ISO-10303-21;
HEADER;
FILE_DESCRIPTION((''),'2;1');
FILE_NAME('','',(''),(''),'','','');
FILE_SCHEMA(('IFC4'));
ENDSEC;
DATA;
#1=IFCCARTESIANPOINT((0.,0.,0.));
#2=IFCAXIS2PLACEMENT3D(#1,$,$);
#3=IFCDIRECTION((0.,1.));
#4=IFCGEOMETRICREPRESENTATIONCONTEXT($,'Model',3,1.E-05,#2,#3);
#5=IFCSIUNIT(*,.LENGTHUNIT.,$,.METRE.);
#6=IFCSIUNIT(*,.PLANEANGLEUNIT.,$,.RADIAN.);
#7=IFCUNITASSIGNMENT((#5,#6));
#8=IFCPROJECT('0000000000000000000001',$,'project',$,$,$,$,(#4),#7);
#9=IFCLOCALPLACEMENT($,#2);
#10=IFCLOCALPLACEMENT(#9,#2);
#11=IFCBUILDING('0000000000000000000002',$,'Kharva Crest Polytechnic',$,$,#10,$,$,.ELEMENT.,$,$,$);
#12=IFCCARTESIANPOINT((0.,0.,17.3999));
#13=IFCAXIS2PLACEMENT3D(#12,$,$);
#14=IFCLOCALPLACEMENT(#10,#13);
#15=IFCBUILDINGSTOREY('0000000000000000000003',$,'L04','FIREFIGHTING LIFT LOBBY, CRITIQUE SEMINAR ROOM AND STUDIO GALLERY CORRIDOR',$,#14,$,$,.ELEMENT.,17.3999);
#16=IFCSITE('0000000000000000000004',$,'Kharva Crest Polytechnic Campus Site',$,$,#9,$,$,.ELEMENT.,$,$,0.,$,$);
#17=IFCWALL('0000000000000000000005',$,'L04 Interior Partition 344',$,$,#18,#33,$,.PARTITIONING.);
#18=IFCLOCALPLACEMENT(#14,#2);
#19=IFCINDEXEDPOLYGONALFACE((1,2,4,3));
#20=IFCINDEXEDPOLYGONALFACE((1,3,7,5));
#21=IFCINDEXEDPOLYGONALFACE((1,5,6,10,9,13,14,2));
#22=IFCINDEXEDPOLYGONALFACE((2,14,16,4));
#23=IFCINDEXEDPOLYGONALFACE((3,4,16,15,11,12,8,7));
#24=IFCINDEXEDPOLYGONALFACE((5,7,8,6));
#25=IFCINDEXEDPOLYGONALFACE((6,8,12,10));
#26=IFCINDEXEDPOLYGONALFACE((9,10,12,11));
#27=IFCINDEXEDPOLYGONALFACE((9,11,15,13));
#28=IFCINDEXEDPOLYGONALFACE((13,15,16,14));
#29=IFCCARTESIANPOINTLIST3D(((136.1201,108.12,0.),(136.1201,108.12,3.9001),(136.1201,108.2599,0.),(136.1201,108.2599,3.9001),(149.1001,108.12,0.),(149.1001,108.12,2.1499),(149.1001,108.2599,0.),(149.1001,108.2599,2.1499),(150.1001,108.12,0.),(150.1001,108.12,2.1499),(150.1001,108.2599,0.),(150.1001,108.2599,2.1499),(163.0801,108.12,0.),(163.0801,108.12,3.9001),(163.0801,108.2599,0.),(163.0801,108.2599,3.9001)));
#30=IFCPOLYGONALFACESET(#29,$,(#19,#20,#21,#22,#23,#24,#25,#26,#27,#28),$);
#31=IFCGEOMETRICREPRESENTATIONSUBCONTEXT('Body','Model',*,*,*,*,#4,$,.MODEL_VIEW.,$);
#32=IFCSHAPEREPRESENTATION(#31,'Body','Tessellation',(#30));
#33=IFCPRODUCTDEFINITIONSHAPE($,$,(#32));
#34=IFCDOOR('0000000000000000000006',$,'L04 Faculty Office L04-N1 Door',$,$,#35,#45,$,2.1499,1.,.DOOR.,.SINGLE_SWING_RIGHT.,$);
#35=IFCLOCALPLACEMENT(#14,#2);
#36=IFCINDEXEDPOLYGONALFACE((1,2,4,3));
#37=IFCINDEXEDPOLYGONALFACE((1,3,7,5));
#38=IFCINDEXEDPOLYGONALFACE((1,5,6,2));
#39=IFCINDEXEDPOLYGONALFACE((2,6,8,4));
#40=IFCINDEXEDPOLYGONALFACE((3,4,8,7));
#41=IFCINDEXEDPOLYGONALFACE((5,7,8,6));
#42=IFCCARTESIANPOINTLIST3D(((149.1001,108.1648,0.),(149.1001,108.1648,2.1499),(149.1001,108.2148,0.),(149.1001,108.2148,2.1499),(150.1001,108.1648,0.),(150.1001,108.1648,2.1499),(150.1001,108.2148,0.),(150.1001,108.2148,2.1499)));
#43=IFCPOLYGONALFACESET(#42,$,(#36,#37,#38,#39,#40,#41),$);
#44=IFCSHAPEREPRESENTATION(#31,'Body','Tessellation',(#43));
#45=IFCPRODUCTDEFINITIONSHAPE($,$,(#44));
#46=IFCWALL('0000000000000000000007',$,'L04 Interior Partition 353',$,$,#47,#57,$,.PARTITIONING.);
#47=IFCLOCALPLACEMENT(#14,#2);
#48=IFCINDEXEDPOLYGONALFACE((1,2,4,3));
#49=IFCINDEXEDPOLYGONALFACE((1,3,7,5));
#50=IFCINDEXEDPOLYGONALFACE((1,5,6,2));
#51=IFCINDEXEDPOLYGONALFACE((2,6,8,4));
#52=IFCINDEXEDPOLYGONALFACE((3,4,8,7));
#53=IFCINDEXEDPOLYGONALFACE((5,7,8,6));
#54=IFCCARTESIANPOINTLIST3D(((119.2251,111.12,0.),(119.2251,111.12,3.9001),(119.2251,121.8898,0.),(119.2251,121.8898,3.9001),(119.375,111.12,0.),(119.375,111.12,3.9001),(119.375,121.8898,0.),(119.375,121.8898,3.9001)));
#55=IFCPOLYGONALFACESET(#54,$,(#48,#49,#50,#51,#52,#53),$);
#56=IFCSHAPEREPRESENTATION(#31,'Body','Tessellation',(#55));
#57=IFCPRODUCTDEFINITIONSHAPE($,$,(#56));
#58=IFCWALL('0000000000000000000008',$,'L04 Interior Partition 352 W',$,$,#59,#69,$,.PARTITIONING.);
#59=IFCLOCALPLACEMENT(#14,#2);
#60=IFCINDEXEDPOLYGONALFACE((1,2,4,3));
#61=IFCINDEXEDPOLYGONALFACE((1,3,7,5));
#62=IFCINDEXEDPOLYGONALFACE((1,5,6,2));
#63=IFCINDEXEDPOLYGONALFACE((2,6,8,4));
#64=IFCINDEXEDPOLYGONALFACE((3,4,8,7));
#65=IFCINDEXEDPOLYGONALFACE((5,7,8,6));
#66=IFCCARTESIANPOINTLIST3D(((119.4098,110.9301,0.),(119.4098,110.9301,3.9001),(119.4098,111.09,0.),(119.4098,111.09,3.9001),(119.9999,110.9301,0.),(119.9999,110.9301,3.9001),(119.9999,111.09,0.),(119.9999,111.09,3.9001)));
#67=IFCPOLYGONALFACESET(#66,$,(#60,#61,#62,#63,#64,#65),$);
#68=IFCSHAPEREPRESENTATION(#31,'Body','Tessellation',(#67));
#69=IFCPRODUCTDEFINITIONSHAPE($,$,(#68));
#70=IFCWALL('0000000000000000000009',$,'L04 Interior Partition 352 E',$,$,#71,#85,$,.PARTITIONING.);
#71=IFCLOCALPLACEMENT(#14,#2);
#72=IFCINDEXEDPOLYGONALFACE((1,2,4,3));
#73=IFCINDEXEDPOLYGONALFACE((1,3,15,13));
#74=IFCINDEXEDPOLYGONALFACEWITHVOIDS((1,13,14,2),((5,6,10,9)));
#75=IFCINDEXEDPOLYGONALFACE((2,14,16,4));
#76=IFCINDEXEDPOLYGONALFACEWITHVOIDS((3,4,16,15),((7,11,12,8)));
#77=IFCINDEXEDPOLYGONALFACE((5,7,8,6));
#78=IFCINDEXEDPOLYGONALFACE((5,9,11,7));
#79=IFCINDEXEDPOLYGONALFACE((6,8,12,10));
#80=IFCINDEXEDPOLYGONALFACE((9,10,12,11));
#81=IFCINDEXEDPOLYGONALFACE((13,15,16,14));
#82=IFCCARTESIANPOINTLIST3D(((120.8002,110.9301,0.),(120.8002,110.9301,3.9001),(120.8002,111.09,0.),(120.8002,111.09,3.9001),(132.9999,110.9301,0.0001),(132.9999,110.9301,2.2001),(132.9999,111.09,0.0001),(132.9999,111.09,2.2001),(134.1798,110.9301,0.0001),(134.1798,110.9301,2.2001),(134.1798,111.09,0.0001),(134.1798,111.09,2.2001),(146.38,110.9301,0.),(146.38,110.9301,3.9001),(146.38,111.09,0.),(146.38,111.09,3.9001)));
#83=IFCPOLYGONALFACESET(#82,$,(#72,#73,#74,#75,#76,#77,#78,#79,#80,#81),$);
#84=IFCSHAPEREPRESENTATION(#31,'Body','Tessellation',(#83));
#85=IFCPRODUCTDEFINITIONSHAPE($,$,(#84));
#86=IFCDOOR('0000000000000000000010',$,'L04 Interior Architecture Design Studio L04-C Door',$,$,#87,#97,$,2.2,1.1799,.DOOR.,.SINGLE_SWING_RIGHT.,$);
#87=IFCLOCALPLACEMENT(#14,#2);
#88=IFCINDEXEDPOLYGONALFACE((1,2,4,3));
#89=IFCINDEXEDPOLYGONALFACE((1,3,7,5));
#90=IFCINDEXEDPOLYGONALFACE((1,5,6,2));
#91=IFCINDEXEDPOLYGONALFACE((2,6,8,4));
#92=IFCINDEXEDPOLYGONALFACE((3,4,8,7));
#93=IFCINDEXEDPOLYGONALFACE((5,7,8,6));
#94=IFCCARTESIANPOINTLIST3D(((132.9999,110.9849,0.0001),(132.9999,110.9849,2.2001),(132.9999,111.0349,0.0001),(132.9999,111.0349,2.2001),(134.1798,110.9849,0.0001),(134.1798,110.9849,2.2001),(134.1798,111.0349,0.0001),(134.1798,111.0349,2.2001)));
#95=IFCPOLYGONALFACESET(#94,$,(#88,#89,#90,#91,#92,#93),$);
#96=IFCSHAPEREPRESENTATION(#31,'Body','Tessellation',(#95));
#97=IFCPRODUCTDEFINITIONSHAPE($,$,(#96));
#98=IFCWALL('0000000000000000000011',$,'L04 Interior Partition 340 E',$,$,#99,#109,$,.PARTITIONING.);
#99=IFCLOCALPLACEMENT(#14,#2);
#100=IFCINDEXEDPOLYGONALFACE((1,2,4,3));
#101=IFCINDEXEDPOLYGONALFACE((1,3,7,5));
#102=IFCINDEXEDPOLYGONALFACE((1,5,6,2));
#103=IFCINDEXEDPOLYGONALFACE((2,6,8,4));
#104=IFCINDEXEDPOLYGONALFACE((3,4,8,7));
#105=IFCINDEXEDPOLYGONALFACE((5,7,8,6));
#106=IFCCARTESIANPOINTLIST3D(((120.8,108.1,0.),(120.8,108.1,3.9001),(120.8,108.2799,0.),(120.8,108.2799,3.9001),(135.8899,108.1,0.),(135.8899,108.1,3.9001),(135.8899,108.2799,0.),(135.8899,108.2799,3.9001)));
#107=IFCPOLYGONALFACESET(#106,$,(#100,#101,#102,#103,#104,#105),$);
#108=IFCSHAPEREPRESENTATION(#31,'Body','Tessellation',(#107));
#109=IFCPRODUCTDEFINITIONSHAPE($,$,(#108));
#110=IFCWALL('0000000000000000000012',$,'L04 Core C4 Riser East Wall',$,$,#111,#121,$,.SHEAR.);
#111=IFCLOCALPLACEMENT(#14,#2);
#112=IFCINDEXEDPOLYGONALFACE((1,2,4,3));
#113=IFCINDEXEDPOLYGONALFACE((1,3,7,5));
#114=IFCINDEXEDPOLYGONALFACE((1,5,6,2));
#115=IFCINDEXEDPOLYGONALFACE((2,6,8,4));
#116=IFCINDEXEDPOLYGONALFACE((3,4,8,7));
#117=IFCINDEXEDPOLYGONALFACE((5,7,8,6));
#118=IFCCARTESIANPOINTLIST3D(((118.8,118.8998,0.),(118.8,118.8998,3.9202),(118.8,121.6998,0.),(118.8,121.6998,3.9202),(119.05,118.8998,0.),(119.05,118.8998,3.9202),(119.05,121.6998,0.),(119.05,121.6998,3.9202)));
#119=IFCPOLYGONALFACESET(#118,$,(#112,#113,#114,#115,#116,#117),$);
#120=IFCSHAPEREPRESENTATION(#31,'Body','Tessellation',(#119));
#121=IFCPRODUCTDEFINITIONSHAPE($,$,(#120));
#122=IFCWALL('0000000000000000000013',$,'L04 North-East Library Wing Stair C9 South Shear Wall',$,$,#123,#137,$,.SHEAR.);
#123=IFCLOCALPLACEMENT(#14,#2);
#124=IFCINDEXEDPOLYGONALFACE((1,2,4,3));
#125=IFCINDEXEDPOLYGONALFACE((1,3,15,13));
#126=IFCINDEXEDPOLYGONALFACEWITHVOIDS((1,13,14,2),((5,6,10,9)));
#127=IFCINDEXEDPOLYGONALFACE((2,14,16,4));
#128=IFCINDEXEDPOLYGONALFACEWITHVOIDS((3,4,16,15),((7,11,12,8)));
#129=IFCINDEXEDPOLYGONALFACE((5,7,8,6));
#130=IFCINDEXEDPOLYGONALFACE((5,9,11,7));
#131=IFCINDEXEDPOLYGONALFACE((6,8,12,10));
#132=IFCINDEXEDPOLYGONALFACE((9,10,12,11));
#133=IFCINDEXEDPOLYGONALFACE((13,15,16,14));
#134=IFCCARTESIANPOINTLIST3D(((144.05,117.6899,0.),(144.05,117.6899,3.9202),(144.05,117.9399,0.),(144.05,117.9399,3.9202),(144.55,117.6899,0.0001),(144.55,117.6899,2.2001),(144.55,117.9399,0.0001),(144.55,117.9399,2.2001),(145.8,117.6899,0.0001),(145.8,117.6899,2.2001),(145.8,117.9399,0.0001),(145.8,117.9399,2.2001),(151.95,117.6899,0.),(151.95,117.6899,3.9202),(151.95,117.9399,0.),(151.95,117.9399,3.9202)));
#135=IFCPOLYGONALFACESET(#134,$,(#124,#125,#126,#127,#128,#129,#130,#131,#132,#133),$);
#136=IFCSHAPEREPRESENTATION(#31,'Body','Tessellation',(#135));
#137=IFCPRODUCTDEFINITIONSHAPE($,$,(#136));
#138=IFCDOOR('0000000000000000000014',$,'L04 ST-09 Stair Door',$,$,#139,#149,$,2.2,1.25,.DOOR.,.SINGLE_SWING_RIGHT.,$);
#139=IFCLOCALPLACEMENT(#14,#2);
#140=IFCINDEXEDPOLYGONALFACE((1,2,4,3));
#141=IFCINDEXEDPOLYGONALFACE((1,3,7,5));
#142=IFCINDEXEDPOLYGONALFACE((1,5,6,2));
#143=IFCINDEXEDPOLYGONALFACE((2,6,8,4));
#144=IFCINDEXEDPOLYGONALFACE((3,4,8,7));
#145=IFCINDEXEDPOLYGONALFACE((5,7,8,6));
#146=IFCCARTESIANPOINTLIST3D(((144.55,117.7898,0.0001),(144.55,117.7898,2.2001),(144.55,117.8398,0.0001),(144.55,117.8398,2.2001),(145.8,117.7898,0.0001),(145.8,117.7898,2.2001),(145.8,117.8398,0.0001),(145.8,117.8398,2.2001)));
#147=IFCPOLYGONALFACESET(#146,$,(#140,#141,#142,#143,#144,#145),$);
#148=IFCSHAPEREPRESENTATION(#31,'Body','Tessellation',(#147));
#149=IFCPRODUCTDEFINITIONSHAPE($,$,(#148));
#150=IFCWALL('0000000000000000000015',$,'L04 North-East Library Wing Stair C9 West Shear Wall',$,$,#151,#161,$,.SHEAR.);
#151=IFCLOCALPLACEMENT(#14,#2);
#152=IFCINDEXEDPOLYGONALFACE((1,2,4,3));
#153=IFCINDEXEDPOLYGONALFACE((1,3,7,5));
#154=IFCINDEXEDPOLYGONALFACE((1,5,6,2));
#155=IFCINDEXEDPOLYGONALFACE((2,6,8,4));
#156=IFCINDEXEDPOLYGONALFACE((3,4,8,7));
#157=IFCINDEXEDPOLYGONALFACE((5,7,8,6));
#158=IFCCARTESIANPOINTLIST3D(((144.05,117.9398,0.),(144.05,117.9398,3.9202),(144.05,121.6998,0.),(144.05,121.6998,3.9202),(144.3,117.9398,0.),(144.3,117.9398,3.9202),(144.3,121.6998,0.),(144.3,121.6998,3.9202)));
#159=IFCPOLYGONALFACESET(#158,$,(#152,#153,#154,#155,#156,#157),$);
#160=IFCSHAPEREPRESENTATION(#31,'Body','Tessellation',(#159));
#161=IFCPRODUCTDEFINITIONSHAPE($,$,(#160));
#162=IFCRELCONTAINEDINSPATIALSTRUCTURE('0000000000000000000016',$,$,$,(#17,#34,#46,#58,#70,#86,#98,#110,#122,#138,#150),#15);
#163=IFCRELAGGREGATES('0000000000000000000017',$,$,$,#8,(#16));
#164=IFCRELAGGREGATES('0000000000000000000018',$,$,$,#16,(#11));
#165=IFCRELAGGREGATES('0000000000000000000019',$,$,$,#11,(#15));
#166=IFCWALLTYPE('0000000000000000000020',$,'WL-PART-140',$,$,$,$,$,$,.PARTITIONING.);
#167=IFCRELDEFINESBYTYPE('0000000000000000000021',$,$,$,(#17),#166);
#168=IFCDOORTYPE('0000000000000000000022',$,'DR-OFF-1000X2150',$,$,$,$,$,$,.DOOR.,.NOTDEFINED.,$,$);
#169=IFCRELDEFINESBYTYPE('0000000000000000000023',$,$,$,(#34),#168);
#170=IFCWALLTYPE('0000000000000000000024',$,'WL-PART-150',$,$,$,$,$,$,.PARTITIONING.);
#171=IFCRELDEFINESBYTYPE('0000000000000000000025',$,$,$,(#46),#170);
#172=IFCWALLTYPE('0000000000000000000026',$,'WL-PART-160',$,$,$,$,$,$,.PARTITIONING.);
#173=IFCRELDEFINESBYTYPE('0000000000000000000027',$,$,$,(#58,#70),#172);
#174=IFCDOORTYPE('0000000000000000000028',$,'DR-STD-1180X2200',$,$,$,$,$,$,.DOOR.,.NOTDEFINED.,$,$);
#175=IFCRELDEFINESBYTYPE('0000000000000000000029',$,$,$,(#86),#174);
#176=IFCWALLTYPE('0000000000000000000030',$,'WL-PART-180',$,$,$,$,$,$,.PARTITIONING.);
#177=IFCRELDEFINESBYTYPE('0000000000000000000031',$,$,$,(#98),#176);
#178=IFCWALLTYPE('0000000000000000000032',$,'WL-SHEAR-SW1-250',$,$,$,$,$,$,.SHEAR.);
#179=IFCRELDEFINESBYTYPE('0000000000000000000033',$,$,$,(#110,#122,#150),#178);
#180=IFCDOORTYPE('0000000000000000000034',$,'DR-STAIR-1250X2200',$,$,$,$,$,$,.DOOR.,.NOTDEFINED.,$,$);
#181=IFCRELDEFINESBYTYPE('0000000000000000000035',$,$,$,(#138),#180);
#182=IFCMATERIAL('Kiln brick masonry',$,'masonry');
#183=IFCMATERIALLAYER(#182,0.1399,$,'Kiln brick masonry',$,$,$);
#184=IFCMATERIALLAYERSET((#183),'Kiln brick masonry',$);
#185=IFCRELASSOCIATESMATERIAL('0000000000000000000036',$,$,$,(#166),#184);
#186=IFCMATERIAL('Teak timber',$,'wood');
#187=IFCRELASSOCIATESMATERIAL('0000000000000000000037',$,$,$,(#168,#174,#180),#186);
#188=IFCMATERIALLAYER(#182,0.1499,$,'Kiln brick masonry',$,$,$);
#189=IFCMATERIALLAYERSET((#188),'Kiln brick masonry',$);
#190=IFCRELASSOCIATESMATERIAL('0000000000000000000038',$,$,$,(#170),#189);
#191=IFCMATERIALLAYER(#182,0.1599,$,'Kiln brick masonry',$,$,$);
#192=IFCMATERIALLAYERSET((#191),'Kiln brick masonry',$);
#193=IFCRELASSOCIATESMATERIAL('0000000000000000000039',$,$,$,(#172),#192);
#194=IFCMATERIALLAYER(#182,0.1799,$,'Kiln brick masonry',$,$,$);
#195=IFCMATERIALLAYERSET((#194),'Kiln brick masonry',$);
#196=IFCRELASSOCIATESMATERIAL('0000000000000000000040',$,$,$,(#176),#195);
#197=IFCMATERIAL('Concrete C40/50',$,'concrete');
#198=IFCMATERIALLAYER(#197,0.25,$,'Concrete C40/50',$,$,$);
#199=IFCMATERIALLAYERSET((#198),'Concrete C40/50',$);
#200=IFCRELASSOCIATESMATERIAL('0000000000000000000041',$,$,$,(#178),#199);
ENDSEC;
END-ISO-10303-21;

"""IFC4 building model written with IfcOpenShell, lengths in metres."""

from ifc_helpers import new_model, si_unit, direction, frame, frame_2d, origin, place, context, subcontext, project, spatial, rectangle, extrude, material, layer, layer_set, type_object, element, fill, save


model = new_model("IFC4")

# Units and contexts
model_context = context("Model", 3, precision=1e-05, world=origin(), true_north=direction((0.0, 1.0)))
body_context = subcontext(model_context, "Body", "Model", "MODEL_VIEW")
ifc_project = project(units=[si_unit("LENGTHUNIT", "METRE"), si_unit("PLANEANGLEUNIT", "RADIAN")], contexts=[model_context])

# Site, building, storey
site_placement = place(None, origin())
site = spatial("IfcSite", under=ifc_project, at=site_placement, Name="Kharva Crest Polytechnic Campus Site", CompositionType="ELEMENT", RefElevation=0.0)
building_placement = place(site_placement, origin())
building = spatial("IfcBuilding", under=site, at=building_placement, Name="Kharva Crest Polytechnic", CompositionType="ELEMENT")
storey_placement = place(building_placement, frame((0.0, 0.0, 17.3999)))
storey = spatial("IfcBuildingStorey", under=building, at=storey_placement, Name="L04", Description="FIREFIGHTING LIFT LOBBY, CRITIQUE SEMINAR ROOM AND STUDIO GALLERY CORRIDOR", CompositionType="ELEMENT", Elevation=17.3999)

# Shared definitions
ifc_material_1 = material(Name="Concrete C40/50", Category="concrete")

# Shared definitions
ifc_material_2 = material(Name="Kiln brick masonry", Category="masonry")

# Wall, opening, door
ifc_layer_1 = layer(ifc_material_2, 0.1399, Name="Kiln brick masonry")
ifc_layer_set_1 = layer_set([ifc_layer_1], Name="Kiln brick masonry")
wall_type_1 = type_object("IfcWallType", Name="WL-PART-140", PredefinedType="PARTITIONING", material=ifc_layer_set_1)
wall_1_placement = place(storey_placement, frame((136.1201, 108.1899, 0.0), z_axis=(0.0, 0.0, 1.0), x_axis=(1.0, 0.0, 0.0)))
wall_1 = element("IfcWall", 1, at=wall_1_placement, inside=storey, type_object=wall_type_1, Name="L04 Interior Partition 344", PredefinedType="PARTITIONING", context=body_context, shape_type="SweptSolid", body=[
    extrude(rectangle(XDim=26.96, YDim=0.1399, at=frame_2d((13.48, 0.0))), origin(), (0.0, 0.0, 1.0), 3.9001),
])
opening_1_placement = place(wall_1_placement, frame((12.98, 0.0, 0.0)))
opening_1 = element("IfcOpeningElement", 2, at=opening_1_placement, cuts=wall_1, PredefinedType="OPENING", context=body_context, shape_type="SweptSolid", body=[
    extrude(rectangle(XDim=1.0, YDim=2.1499, at=frame_2d((0.5, 1.075))), frame((0.0, 0.0798, 0.0), z_axis=(0.0, -1.0, 0.0), x_axis=(1.0, 0.0, 0.0)), (0.0, 0.0, 1.0), 0.1599),
])
ifc_material_3 = material(Name="Teak timber", Category="wood")
door_type_1 = type_object("IfcDoorType", Name="DR-OFF-1000X2150", OperationType="NOTDEFINED", PredefinedType="DOOR", material=ifc_material_3)
door_1_placement = place(opening_1_placement, origin())
door_1 = element("IfcDoor", 3, at=door_1_placement, inside=storey, type_object=door_type_1, Name="L04 Faculty Office L04-N1 Door", OperationType="SINGLE_SWING_RIGHT", OverallHeight=2.1499, OverallWidth=1.0, PredefinedType="DOOR", context=body_context, shape_type="SweptSolid", body=[
    extrude(rectangle(XDim=1.0, YDim=2.1499, at=frame_2d((0.5, 1.075))), frame((0.0, 0.0249, 0.0), z_axis=(0.0, -1.0, 0.0), x_axis=(1.0, 0.0, 0.0)), (0.0, 0.0, 1.0), 0.05),
])
fill(opening_1, door_1)

# Walls
ifc_layer_2 = layer(ifc_material_2, 0.1499, Name="Kiln brick masonry")
ifc_layer_set_2 = layer_set([ifc_layer_2], Name="Kiln brick masonry")
wall_type_2 = type_object("IfcWallType", Name="WL-PART-150", PredefinedType="PARTITIONING", material=ifc_layer_set_2)
wall_2_placement = place(storey_placement, frame((119.3, 111.1201, 0.0), z_axis=(0.0, 0.0, 1.0), x_axis=(0.0, 1.0, 0.0)))
element("IfcWall", 4, at=wall_2_placement, inside=storey, type_object=wall_type_2, Name="L04 Interior Partition 353", PredefinedType="PARTITIONING", context=body_context, shape_type="SweptSolid", body=[
    extrude(rectangle(XDim=10.7698, YDim=0.1499, at=frame_2d((5.3848, 0.0))), origin(), (0.0, 0.0, 1.0), 3.9001),
])
ifc_layer_3 = layer(ifc_material_2, 0.1599, Name="Kiln brick masonry")
ifc_layer_set_3 = layer_set([ifc_layer_3], Name="Kiln brick masonry")
wall_type_3 = type_object("IfcWallType", Name="WL-PART-160", PredefinedType="PARTITIONING", material=ifc_layer_set_3)
wall_3_placement = place(storey_placement, frame((119.4099, 111.01, 0.0), z_axis=(0.0, 0.0, 1.0), x_axis=(1.0, 0.0, 0.0)))
element("IfcWall", 5, at=wall_3_placement, inside=storey, type_object=wall_type_3, Name="L04 Interior Partition 352 W", PredefinedType="PARTITIONING", context=body_context, shape_type="SweptSolid", body=[
    extrude(rectangle(XDim=0.5901, YDim=0.1599, at=frame_2d((0.2949, 0.0))), origin(), (0.0, 0.0, 1.0), 3.9001),
])

# Wall, opening, door
wall_4_placement = place(storey_placement, frame((120.8, 111.01, 0.0), z_axis=(0.0, 0.0, 1.0), x_axis=(1.0, 0.0, 0.0)))
wall_4 = element("IfcWall", 6, at=wall_4_placement, inside=storey, type_object=wall_type_3, Name="L04 Interior Partition 352 E", PredefinedType="PARTITIONING", context=body_context, shape_type="SweptSolid", body=[
    extrude(rectangle(XDim=25.5798, YDim=0.1599, at=frame_2d((12.79, 0.0))), origin(), (0.0, 0.0, 1.0), 3.9001),
])
opening_2_placement = place(wall_4_placement, frame((12.2, 0.0, 0.0)))
opening_2 = element("IfcOpeningElement", 7, at=opening_2_placement, cuts=wall_4, PredefinedType="OPENING", context=body_context, shape_type="SweptSolid", body=[
    extrude(rectangle(XDim=1.1799, YDim=2.2, at=frame_2d((0.5898, 1.1001))), frame((0.0, 0.0898, 0.0), z_axis=(0.0, -1.0, 0.0), x_axis=(1.0, 0.0, 0.0)), (0.0, 0.0, 1.0), 0.1799),
])
door_type_2 = type_object("IfcDoorType", Name="DR-STD-1180X2200", OperationType="NOTDEFINED", PredefinedType="DOOR", material=ifc_material_3)
door_2_placement = place(opening_2_placement, origin())
door_2 = element("IfcDoor", 8, at=door_2_placement, inside=storey, type_object=door_type_2, Name="L04 Interior Architecture Design Studio L04-C Door", OperationType="SINGLE_SWING_RIGHT", OverallHeight=2.2, OverallWidth=1.1799, PredefinedType="DOOR", context=body_context, shape_type="SweptSolid", body=[
    extrude(rectangle(XDim=1.1799, YDim=2.2, at=frame_2d((0.5898, 1.1001))), frame((0.0, 0.0249, 0.0), z_axis=(0.0, -1.0, 0.0), x_axis=(1.0, 0.0, 0.0)), (0.0, 0.0, 1.0), 0.05),
])
fill(opening_2, door_2)

# Walls
ifc_layer_4 = layer(ifc_material_2, 0.1799, Name="Kiln brick masonry")
ifc_layer_set_4 = layer_set([ifc_layer_4], Name="Kiln brick masonry")
wall_type_4 = type_object("IfcWallType", Name="WL-PART-180", PredefinedType="PARTITIONING", material=ifc_layer_set_4)
wall_5_placement = place(storey_placement, frame((120.8, 108.1899, 0.0), z_axis=(0.0, 0.0, 1.0), x_axis=(1.0, 0.0, 0.0)))
element("IfcWall", 9, at=wall_5_placement, inside=storey, type_object=wall_type_4, Name="L04 Interior Partition 340 E", PredefinedType="PARTITIONING", context=body_context, shape_type="SweptSolid", body=[
    extrude(rectangle(XDim=15.0898, YDim=0.1799, at=frame_2d((7.5449, 0.0))), origin(), (0.0, 0.0, 1.0), 3.9001),
])
ifc_layer_5 = layer(ifc_material_1, 0.25, Name="Concrete C40/50")
ifc_layer_set_5 = layer_set([ifc_layer_5], Name="Concrete C40/50")
wall_type_5 = type_object("IfcWallType", Name="WL-SHEAR-SW1-250", PredefinedType="SHEAR", material=ifc_layer_set_5)
wall_6_placement = place(storey_placement, frame((118.925, 118.8999, 0.0), z_axis=(0.0, 0.0, 1.0), x_axis=(0.0, 1.0, 0.0)))
element("IfcWall", 10, at=wall_6_placement, inside=storey, type_object=wall_type_5, Name="L04 Core C4 Riser East Wall", PredefinedType="SHEAR", context=body_context, shape_type="SweptSolid", body=[
    extrude(rectangle(XDim=2.8, YDim=0.25, at=frame_2d((1.3999, 0.0))), origin(), (0.0, 0.0, 1.0), 3.9202),
])

# Wall, opening, door
wall_7_placement = place(storey_placement, frame((144.05, 117.8149, 0.0), z_axis=(0.0, 0.0, 1.0), x_axis=(1.0, 0.0, 0.0)))
wall_7 = element("IfcWall", 11, at=wall_7_placement, inside=storey, type_object=wall_type_5, Name="L04 North-East Library Wing Stair C9 South Shear Wall", PredefinedType="SHEAR", context=body_context, shape_type="SweptSolid", body=[
    extrude(rectangle(XDim=7.8999, YDim=0.25, at=frame_2d((3.95, 0.0))), origin(), (0.0, 0.0, 1.0), 3.9202),
])
opening_3_placement = place(wall_7_placement, frame((0.5, 0.0, 0.0)))
opening_3 = element("IfcOpeningElement", 12, at=opening_3_placement, cuts=wall_7, PredefinedType="OPENING", context=body_context, shape_type="SweptSolid", body=[
    extrude(rectangle(XDim=1.25, YDim=2.2, at=frame_2d((0.625, 1.1001))), frame((0.0, 0.135, 0.0), z_axis=(0.0, -1.0, 0.0), x_axis=(1.0, 0.0, 0.0)), (0.0, 0.0, 1.0), 0.27),
])
door_type_3 = type_object("IfcDoorType", Name="DR-STAIR-1250X2200", OperationType="NOTDEFINED", PredefinedType="DOOR", material=ifc_material_3)
door_3_placement = place(opening_3_placement, origin())
door_3 = element("IfcDoor", 13, at=door_3_placement, inside=storey, type_object=door_type_3, Name="L04 ST-09 Stair Door", OperationType="SINGLE_SWING_RIGHT", OverallHeight=2.2, OverallWidth=1.25, PredefinedType="DOOR", context=body_context, shape_type="SweptSolid", body=[
    extrude(rectangle(XDim=1.25, YDim=2.2, at=frame_2d((0.625, 1.1001))), frame((0.0, 0.0249, 0.0), z_axis=(0.0, -1.0, 0.0), x_axis=(1.0, 0.0, 0.0)), (0.0, 0.0, 1.0), 0.05),
])
fill(opening_3, door_3)

# Wall
wall_8_placement = place(storey_placement, frame((144.175, 117.9399, 0.0), z_axis=(0.0, 0.0, 1.0), x_axis=(0.0, 1.0, 0.0)))
element("IfcWall", 14, at=wall_8_placement, inside=storey, type_object=wall_type_5, Name="L04 North-East Library Wing Stair C9 West Shear Wall", PredefinedType="SHEAR", context=body_context, shape_type="SweptSolid", body=[
    extrude(rectangle(XDim=3.76, YDim=0.25, at=frame_2d((1.8799, 0.0))), origin(), (0.0, 0.0, 1.0), 3.9202),
])

save(model, "model.ifc")
